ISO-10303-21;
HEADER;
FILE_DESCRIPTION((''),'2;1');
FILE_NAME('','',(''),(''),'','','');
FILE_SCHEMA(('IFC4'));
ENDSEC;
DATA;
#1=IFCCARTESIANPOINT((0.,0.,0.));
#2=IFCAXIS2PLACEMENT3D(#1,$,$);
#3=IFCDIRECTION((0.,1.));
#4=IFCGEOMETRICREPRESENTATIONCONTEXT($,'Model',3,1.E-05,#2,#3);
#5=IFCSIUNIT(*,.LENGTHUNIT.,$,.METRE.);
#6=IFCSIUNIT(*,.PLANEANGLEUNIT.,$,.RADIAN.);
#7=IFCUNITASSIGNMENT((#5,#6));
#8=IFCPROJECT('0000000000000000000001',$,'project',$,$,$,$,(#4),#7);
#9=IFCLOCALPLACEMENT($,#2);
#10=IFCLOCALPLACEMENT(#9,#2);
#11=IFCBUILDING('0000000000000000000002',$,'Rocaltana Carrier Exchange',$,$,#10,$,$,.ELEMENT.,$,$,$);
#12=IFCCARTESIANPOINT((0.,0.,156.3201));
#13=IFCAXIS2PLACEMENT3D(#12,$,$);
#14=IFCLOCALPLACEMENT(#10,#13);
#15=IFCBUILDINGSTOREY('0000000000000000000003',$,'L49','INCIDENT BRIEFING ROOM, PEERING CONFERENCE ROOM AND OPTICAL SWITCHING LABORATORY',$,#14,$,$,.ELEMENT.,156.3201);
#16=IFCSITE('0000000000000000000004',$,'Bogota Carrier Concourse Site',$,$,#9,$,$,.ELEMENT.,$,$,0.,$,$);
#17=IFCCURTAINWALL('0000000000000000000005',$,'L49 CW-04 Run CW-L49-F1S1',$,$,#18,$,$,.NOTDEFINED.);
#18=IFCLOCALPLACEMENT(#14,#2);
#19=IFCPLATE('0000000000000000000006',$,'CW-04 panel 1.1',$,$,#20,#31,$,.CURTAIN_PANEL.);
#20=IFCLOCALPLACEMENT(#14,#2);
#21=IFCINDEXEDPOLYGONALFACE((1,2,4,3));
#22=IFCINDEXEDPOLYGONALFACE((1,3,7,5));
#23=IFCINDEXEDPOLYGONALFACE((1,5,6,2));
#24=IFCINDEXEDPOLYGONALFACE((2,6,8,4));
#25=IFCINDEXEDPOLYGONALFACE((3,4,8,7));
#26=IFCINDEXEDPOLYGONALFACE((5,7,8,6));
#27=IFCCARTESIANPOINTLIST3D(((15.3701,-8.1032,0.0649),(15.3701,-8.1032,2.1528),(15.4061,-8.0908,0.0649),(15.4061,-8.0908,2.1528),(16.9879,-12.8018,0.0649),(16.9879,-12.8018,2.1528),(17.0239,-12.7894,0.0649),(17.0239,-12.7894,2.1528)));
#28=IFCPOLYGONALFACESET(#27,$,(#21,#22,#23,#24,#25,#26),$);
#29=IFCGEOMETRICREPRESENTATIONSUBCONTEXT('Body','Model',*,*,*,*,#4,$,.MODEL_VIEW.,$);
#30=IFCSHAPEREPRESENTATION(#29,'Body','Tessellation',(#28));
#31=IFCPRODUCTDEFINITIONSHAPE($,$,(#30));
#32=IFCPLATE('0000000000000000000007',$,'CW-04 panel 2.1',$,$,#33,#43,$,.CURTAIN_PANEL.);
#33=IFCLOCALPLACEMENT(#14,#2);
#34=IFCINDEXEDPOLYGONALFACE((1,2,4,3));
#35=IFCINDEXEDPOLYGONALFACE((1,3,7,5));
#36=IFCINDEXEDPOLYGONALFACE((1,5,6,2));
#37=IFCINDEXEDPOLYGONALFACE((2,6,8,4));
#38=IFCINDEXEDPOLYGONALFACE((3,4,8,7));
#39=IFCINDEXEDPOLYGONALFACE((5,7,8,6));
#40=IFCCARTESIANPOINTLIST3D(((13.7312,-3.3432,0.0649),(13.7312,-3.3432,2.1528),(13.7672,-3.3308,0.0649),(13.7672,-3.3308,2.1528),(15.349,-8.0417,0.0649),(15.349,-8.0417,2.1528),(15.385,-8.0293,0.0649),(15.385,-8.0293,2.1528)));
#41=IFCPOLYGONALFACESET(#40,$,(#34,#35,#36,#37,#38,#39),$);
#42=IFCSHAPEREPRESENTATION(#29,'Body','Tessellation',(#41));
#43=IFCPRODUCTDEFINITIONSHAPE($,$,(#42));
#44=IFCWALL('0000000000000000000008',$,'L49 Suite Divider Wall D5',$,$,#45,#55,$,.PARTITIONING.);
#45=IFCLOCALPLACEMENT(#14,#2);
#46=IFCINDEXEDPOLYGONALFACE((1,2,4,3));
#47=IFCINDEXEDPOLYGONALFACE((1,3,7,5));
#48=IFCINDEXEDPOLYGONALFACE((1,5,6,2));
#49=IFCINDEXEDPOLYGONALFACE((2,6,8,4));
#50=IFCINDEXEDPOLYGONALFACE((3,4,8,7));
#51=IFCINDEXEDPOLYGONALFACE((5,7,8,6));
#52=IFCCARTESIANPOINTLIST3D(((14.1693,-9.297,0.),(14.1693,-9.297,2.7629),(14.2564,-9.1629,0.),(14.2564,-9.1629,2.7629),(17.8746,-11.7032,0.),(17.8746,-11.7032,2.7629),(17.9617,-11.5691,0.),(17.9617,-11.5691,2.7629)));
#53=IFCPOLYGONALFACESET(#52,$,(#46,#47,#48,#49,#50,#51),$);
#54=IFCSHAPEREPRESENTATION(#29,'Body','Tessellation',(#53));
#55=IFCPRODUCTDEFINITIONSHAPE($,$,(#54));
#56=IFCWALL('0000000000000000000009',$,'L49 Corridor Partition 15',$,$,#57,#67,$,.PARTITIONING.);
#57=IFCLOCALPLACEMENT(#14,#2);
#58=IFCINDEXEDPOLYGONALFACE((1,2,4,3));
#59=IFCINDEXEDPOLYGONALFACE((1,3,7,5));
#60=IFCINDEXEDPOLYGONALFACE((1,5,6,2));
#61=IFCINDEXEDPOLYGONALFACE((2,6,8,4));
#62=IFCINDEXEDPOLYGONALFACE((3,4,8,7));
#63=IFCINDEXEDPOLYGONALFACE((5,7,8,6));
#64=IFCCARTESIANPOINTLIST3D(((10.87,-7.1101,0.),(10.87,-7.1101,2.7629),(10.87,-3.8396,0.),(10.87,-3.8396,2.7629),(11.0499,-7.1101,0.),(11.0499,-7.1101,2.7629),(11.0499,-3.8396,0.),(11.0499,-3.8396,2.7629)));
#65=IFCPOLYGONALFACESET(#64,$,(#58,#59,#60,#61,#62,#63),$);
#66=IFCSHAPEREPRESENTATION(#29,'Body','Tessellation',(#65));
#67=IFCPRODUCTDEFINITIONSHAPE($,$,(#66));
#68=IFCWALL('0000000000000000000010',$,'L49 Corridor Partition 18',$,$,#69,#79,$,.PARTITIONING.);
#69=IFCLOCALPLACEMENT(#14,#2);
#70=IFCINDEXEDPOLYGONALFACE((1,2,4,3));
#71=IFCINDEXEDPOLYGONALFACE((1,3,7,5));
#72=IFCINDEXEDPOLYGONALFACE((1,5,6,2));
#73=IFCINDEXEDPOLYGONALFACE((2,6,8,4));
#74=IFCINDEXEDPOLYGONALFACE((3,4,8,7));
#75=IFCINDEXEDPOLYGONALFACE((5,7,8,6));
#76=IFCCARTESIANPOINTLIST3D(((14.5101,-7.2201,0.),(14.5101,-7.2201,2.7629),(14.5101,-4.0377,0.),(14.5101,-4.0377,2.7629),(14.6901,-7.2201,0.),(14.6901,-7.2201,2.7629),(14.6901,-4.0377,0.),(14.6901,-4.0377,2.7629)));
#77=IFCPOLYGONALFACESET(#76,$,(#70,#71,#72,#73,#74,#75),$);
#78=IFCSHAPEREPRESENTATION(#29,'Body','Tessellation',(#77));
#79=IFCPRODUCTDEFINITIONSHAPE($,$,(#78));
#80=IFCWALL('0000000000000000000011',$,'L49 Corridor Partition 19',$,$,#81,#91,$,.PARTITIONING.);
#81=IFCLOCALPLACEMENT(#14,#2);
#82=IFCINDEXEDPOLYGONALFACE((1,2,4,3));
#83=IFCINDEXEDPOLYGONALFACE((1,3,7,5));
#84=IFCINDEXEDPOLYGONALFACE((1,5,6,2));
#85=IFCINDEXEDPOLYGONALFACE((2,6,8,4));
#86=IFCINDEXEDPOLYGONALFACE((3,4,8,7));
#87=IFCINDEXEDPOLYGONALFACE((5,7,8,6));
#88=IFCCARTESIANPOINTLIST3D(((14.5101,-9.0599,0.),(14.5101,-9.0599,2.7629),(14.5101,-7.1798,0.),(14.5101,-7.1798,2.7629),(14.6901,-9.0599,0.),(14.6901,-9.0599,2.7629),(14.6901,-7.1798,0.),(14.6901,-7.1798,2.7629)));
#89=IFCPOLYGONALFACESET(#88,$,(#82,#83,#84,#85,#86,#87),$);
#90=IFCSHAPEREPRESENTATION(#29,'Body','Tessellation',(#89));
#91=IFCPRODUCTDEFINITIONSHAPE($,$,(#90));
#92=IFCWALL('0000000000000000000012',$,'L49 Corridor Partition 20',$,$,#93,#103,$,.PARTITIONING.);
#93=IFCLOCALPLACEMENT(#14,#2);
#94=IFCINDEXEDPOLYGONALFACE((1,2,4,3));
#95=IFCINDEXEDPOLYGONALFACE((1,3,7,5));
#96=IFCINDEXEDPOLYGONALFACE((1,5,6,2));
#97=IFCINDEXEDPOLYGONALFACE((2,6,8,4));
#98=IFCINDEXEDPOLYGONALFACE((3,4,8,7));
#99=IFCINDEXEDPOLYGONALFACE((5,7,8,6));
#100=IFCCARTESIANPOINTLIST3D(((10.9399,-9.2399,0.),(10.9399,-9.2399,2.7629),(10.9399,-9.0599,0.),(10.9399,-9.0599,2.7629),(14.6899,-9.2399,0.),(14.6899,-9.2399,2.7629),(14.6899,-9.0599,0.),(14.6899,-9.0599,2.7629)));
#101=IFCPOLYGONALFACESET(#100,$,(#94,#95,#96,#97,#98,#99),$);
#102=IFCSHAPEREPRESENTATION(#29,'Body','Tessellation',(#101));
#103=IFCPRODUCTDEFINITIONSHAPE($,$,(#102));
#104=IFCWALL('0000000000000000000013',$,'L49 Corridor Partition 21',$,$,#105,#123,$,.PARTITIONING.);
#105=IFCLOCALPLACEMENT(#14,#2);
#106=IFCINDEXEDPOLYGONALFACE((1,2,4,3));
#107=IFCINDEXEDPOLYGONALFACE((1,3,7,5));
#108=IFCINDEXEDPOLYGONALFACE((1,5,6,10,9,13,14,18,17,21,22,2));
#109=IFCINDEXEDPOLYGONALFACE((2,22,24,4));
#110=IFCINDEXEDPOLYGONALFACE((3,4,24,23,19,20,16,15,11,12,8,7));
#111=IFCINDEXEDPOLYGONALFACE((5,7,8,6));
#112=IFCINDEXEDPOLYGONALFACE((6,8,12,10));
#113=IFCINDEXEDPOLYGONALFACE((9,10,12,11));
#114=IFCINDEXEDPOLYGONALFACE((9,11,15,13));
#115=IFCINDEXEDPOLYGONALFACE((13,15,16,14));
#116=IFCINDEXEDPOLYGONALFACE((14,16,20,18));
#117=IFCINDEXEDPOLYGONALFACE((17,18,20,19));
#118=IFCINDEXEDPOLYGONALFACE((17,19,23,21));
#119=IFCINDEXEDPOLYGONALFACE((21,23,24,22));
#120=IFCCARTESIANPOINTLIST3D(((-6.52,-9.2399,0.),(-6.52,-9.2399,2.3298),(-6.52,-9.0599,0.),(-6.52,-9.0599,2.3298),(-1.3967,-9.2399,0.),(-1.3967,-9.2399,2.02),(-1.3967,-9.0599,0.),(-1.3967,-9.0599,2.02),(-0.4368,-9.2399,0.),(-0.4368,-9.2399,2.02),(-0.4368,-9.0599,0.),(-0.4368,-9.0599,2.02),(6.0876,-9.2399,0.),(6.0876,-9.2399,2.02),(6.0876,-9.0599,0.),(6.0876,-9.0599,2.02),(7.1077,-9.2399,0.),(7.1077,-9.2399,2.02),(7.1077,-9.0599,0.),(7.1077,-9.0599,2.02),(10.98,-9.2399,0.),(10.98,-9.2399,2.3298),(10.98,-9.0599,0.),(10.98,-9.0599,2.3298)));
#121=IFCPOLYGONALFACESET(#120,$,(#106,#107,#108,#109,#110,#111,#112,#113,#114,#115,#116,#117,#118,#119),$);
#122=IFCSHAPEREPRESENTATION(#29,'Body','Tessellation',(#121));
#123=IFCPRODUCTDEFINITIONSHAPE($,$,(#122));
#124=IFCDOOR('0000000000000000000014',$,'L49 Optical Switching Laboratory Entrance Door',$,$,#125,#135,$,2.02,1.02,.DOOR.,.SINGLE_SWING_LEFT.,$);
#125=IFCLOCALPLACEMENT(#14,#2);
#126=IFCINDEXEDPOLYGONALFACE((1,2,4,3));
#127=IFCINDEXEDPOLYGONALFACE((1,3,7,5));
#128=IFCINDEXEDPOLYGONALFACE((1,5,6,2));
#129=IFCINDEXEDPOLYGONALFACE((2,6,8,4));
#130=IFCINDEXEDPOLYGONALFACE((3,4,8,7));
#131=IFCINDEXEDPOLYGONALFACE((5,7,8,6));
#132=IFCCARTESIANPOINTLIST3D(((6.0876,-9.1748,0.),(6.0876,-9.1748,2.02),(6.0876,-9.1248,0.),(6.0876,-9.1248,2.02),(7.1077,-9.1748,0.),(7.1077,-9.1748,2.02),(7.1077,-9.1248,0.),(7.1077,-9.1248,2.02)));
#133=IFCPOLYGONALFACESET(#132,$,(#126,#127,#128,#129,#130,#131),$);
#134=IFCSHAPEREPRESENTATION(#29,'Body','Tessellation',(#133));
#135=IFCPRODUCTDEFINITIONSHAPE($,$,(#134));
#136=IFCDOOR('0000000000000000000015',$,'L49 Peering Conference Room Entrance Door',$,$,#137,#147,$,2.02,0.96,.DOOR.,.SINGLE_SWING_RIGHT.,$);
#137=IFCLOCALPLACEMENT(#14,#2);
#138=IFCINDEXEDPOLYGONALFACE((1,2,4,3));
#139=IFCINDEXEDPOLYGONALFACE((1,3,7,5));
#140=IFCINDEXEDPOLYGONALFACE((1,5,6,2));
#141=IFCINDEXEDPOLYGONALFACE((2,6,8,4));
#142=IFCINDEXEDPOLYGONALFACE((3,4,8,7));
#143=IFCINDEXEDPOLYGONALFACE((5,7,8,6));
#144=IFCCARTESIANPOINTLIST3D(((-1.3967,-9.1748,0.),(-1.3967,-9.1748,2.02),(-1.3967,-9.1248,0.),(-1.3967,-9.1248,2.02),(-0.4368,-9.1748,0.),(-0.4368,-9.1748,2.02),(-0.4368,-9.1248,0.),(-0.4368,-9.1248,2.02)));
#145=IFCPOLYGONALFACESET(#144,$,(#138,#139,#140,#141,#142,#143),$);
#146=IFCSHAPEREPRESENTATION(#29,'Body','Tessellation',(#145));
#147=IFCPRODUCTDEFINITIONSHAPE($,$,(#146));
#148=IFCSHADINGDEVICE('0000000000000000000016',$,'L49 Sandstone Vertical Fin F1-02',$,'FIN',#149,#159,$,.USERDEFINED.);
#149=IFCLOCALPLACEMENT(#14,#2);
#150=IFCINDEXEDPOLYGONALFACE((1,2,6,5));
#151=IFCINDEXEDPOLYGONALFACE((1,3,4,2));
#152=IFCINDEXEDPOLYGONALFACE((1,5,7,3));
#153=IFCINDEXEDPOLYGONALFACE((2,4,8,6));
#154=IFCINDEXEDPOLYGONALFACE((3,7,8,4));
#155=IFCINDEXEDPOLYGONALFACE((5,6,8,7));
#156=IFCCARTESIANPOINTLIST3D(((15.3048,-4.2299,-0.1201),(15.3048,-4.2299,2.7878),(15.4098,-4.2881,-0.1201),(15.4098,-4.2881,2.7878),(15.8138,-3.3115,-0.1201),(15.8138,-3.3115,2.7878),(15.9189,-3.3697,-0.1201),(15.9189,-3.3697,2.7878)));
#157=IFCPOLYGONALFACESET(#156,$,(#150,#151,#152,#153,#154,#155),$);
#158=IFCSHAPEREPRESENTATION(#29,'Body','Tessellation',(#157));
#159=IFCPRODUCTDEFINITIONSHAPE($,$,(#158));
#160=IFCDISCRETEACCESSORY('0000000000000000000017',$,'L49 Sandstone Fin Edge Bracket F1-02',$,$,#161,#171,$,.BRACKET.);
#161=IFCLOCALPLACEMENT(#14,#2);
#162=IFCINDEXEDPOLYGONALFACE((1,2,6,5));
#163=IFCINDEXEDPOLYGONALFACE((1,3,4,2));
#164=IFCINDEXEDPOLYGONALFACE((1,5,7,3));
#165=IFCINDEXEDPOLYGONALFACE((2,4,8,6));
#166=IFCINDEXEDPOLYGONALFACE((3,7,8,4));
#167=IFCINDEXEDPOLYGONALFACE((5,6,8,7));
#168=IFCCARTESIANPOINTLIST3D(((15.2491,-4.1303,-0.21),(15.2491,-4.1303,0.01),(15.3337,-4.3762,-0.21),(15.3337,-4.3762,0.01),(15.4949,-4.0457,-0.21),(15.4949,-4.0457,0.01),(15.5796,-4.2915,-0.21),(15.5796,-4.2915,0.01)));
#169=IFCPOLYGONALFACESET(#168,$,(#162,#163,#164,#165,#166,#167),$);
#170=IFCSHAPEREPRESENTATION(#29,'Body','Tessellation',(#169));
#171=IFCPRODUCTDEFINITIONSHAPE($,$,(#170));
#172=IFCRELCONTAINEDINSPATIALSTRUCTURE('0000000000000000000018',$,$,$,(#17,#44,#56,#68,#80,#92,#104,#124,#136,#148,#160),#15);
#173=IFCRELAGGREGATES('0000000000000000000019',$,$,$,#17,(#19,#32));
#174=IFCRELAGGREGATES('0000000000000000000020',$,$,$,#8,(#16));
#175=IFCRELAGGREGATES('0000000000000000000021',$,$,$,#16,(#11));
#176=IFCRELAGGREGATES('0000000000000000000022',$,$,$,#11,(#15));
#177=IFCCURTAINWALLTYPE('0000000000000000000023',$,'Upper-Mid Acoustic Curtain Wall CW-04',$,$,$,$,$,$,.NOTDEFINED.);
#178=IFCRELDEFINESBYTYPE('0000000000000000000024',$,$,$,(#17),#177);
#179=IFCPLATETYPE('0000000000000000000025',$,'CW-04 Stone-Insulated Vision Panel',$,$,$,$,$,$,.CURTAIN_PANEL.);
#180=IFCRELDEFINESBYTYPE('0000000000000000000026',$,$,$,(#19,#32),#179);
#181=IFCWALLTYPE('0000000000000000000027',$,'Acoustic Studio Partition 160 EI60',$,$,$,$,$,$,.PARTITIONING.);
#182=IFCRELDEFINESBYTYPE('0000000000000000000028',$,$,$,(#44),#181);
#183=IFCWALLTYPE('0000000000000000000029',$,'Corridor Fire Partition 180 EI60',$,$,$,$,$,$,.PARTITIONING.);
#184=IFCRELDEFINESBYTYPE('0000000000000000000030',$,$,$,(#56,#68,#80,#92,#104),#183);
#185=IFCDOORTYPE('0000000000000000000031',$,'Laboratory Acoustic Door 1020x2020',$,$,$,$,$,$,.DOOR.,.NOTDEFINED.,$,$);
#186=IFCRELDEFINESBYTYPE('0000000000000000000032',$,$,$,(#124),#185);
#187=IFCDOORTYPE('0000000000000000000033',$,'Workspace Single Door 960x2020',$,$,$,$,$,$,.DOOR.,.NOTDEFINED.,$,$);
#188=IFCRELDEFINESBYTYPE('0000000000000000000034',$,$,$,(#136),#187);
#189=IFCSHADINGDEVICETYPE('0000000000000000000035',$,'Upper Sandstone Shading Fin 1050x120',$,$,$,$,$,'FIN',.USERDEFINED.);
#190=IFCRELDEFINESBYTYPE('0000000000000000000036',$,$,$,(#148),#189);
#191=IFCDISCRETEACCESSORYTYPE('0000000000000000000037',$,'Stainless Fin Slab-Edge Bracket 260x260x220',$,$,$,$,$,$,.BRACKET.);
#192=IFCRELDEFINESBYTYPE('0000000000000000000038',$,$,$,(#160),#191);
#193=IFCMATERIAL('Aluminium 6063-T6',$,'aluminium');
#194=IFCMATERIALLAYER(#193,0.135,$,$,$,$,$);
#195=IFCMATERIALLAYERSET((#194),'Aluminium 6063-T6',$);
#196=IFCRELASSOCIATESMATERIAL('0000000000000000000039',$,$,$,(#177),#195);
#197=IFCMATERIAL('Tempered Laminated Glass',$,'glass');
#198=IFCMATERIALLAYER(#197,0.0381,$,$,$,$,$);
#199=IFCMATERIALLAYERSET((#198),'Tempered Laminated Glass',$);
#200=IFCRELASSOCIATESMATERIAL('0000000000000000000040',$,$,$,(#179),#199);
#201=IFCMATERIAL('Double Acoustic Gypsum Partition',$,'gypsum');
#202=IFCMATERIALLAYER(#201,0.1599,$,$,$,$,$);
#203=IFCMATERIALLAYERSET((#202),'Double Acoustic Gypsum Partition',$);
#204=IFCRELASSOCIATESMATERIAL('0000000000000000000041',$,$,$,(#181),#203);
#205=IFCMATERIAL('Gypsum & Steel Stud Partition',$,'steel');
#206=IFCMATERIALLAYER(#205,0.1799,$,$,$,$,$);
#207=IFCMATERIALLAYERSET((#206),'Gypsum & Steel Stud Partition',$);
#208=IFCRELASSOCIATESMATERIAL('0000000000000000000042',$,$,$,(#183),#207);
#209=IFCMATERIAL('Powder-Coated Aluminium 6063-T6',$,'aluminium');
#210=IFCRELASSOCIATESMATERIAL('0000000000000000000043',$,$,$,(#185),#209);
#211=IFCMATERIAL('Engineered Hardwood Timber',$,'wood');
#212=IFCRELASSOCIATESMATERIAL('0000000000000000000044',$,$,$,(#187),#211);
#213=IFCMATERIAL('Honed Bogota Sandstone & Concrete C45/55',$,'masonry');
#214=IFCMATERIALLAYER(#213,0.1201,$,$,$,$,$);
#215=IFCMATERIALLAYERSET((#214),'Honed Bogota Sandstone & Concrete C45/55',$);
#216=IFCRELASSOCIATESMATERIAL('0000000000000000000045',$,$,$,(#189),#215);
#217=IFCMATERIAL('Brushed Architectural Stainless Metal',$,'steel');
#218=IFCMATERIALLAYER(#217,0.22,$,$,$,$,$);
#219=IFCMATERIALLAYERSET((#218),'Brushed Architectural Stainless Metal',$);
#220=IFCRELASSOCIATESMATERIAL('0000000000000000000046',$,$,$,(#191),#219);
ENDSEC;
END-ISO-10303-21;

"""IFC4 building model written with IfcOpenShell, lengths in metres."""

from ifc_helpers import new_model, si_unit, direction, frame, frame_2d, origin, origin_2d, place, context, subcontext, project, spatial, rectangle, extrude, material, layer, layer_set, type_object, element, fill, aggregate, save


model = new_model("IFC4")

# Units and contexts
model_context = context("Model", 3, precision=1e-05, world=origin(), true_north=direction((0.0, 1.0)))
body_context = subcontext(model_context, "Body", "Model", "MODEL_VIEW")
ifc_project = project(units=[si_unit("LENGTHUNIT", "METRE"), si_unit("PLANEANGLEUNIT", "RADIAN")], contexts=[model_context])

# Site, building, storey
site_placement = place(None, origin())
site = spatial("IfcSite", under=ifc_project, at=site_placement, Name="Bogota Carrier Concourse Site", CompositionType="ELEMENT", RefElevation=0.0)
building_placement = place(site_placement, origin())
building = spatial("IfcBuilding", under=site, at=building_placement, Name="Rocaltana Carrier Exchange", CompositionType="ELEMENT")
storey_placement = place(building_placement, frame((0.0, 0.0, 156.3201)))
storey = spatial("IfcBuildingStorey", under=building, at=storey_placement, Name="L49", Description="INCIDENT BRIEFING ROOM, PEERING CONFERENCE ROOM AND OPTICAL SWITCHING LABORATORY", CompositionType="ELEMENT", Elevation=156.3201)

# Curtain wall
ifc_material_1 = material(Name="Aluminium 6063-T6", Category="aluminium")
ifc_layer_1 = layer(ifc_material_1, 0.135)
ifc_layer_set_1 = layer_set([ifc_layer_1], Name="Aluminium 6063-T6")
curtain_wall_type = type_object("IfcCurtainWallType", Name="Upper-Mid Acoustic Curtain Wall CW-04", PredefinedType="NOTDEFINED", material=ifc_layer_set_1)
curtain_wall_placement = place(storey_placement, origin())
curtain_wall = element("IfcCurtainWall", 1, at=curtain_wall_placement, inside=storey, type_object=curtain_wall_type, Name="L49 CW-04 Run CW-L49-F1S1", PredefinedType="NOTDEFINED")

# Plates
ifc_material_2 = material(Name="Tempered Laminated Glass", Category="glass")
ifc_layer_2 = layer(ifc_material_2, 0.0381)
ifc_layer_set_2 = layer_set([ifc_layer_2], Name="Tempered Laminated Glass")
plate_type = type_object("IfcPlateType", Name="CW-04 Stone-Insulated Vision Panel", PredefinedType="CURTAIN_PANEL", material=ifc_layer_set_2)
plate_1_placement = place(storey_placement, frame((16.197, -10.4463, 0.0649), z_axis=(0.0, 0.0, 1.0), x_axis=(-0.325559, 0.945522, 0.0)))
plate_1 = element("IfcPlate", 2, at=plate_1_placement, type_object=plate_type, Name="CW-04 panel 1.1", PredefinedType="CURTAIN_PANEL", context=body_context, shape_type="SweptSolid", body=[
    extrude(rectangle(XDim=4.9692, YDim=0.0381, at=origin_2d()), origin(), (0.0, 0.0, 1.0), 2.0879),
])
plate_2_placement = place(storey_placement, frame((14.5581, -5.6863, 0.0649), z_axis=(0.0, 0.0, 1.0), x_axis=(-0.325559, 0.945522, 0.0)))
plate_2 = element("IfcPlate", 3, at=plate_2_placement, type_object=plate_type, Name="CW-04 panel 2.1", PredefinedType="CURTAIN_PANEL", context=body_context, shape_type="SweptSolid", body=[
    extrude(rectangle(XDim=4.9692, YDim=0.0381, at=origin_2d()), origin(), (0.0, 0.0, 1.0), 2.0879),
])
aggregate(curtain_wall, [plate_1, plate_2])

# Walls
ifc_material_3 = material(Name="Double Acoustic Gypsum Partition", Category="gypsum")
ifc_layer_3 = layer(ifc_material_3, 0.1599)
ifc_layer_set_3 = layer_set([ifc_layer_3], Name="Double Acoustic Gypsum Partition")
wall_type_1 = type_object("IfcWallType", Name="Acoustic Studio Partition 160 EI60", PredefinedType="PARTITIONING", material=ifc_layer_set_3)
wall_1_placement = place(storey_placement, frame((14.2129, -9.23, 0.0), z_axis=(0.0, 0.0, 1.0), x_axis=(0.838672, -0.544637, 0.0)))
element("IfcWall", 4, at=wall_1_placement, inside=storey, type_object=wall_type_1, Name="L49 Suite Divider Wall D5", PredefinedType="PARTITIONING", context=body_context, shape_type="SweptSolid", body=[
    extrude(rectangle(XDim=4.418, YDim=0.1599, at=frame_2d((2.209, 0.0))), origin(), (0.0, 0.0, 1.0), 2.7629),
])
ifc_material_4 = material(Name="Gypsum & Steel Stud Partition", Category="steel")
ifc_layer_4 = layer(ifc_material_4, 0.1799)
ifc_layer_set_4 = layer_set([ifc_layer_4], Name="Gypsum & Steel Stud Partition")
wall_type_2 = type_object("IfcWallType", Name="Corridor Fire Partition 180 EI60", PredefinedType="PARTITIONING", material=ifc_layer_set_4)
wall_2_placement = place(storey_placement, frame((10.96, -7.1101, 0.0), z_axis=(0.0, 0.0, 1.0), x_axis=(0.0, 1.0, 0.0)))
element("IfcWall", 5, at=wall_2_placement, inside=storey, type_object=wall_type_2, Name="L49 Corridor Partition 15", PredefinedType="PARTITIONING", context=body_context, shape_type="SweptSolid", body=[
    extrude(rectangle(XDim=3.2705, YDim=0.1799, at=frame_2d((1.6353, 0.0))), origin(), (0.0, 0.0, 1.0), 2.7629),
])
wall_3_placement = place(storey_placement, frame((14.6001, -4.0376, 0.0), z_axis=(0.0, 0.0, 1.0), x_axis=(0.0, -1.0, 0.0)))
element("IfcWall", 6, at=wall_3_placement, inside=storey, type_object=wall_type_2, Name="L49 Corridor Partition 18", PredefinedType="PARTITIONING", context=body_context, shape_type="SweptSolid", body=[
    extrude(rectangle(XDim=3.1824, YDim=0.1799, at=frame_2d((1.5913, 0.0))), origin(), (0.0, 0.0, 1.0), 2.7629),
])
wall_4_placement = place(storey_placement, frame((14.6001, -7.1799, 0.0), z_axis=(0.0, 0.0, 1.0), x_axis=(0.0, -1.0, 0.0)))
element("IfcWall", 7, at=wall_4_placement, inside=storey, type_object=wall_type_2, Name="L49 Corridor Partition 19", PredefinedType="PARTITIONING", context=body_context, shape_type="SweptSolid", body=[
    extrude(rectangle(XDim=1.8801, YDim=0.1799, at=frame_2d((0.9399, 0.0))), origin(), (0.0, 0.0, 1.0), 2.7629),
])
wall_5_placement = place(storey_placement, frame((14.6899, -9.1499, 0.0), z_axis=(0.0, 0.0, 1.0), x_axis=(-1.0, 0.0, 0.0)))
element("IfcWall", 8, at=wall_5_placement, inside=storey, type_object=wall_type_2, Name="L49 Corridor Partition 20", PredefinedType="PARTITIONING", context=body_context, shape_type="SweptSolid", body=[
    extrude(rectangle(XDim=3.75, YDim=0.1799, at=frame_2d((1.875, 0.0))), origin(), (0.0, 0.0, 1.0), 2.7629),
])

# Wall, openings, doors
wall_6_placement = place(storey_placement, frame((10.98, -9.1499, 0.0), z_axis=(0.0, 0.0, 1.0), x_axis=(-1.0, 0.0, 0.0)))
wall_6 = element("IfcWall", 9, at=wall_6_placement, inside=storey, type_object=wall_type_2, Name="L49 Corridor Partition 21", PredefinedType="PARTITIONING", context=body_context, shape_type="SweptSolid", body=[
    extrude(rectangle(XDim=17.5, YDim=0.1799, at=frame_2d((8.75, 0.0))), origin(), (0.0, 0.0, 1.0), 2.3298),
])
opening_1_placement = place(wall_6_placement, frame((11.4167, 0.0, 0.0)))
opening_1 = element("IfcOpeningElement", 10, at=opening_1_placement, cuts=wall_6, PredefinedType="OPENING", context=body_context, shape_type="SweptSolid", body=[
    extrude(rectangle(XDim=0.96, YDim=2.02, at=frame_2d((0.48, 1.01))), frame((0.0, 0.0999, 0.0), z_axis=(0.0, -1.0, 0.0), x_axis=(1.0, 0.0, 0.0)), (0.0, 0.0, 1.0), 0.2),
])
opening_2_placement = place(wall_6_placement, frame((3.8723, 0.0, 0.0)))
opening_2 = element("IfcOpeningElement", 11, at=opening_2_placement, cuts=wall_6, PredefinedType="OPENING", context=body_context, shape_type="SweptSolid", body=[
    extrude(rectangle(XDim=1.02, YDim=2.02, at=frame_2d((0.51, 1.01))), frame((0.0, 0.0999, 0.0), z_axis=(0.0, -1.0, 0.0), x_axis=(1.0, 0.0, 0.0)), (0.0, 0.0, 1.0), 0.2),
])
ifc_material_5 = material(Name="Powder-Coated Aluminium 6063-T6", Category="aluminium")
door_type_1 = type_object("IfcDoorType", Name="Laboratory Acoustic Door 1020x2020", OperationType="NOTDEFINED", PredefinedType="DOOR", material=ifc_material_5)
door_1_placement = place(opening_2_placement, origin())
door_1 = element("IfcDoor", 12, at=door_1_placement, inside=storey, type_object=door_type_1, Name="L49 Optical Switching Laboratory Entrance Door", OperationType="SINGLE_SWING_LEFT", OverallHeight=2.02, OverallWidth=1.02, PredefinedType="DOOR", context=body_context, shape_type="SweptSolid", body=[
    extrude(rectangle(XDim=1.02, YDim=2.02, at=frame_2d((0.51, 1.01))), frame((0.0, 0.0249, 0.0), z_axis=(0.0, -1.0, 0.0), x_axis=(1.0, 0.0, 0.0)), (0.0, 0.0, 1.0), 0.05),
])
fill(opening_2, door_1)
ifc_material_6 = material(Name="Engineered Hardwood Timber", Category="wood")
door_type_2 = type_object("IfcDoorType", Name="Workspace Single Door 960x2020", OperationType="NOTDEFINED", PredefinedType="DOOR", material=ifc_material_6)
door_2_placement = place(opening_1_placement, origin())
door_2 = element("IfcDoor", 13, at=door_2_placement, inside=storey, type_object=door_type_2, Name="L49 Peering Conference Room Entrance Door", OperationType="SINGLE_SWING_RIGHT", OverallHeight=2.02, OverallWidth=0.96, PredefinedType="DOOR", context=body_context, shape_type="SweptSolid", body=[
    extrude(rectangle(XDim=0.96, YDim=2.02, at=frame_2d((0.48, 1.01))), frame((0.0, 0.0249, 0.0), z_axis=(0.0, -1.0, 0.0), x_axis=(1.0, 0.0, 0.0)), (0.0, 0.0, 1.0), 0.05),
])
fill(opening_1, door_2)

# Shading device
ifc_material_7 = material(Name="Honed Bogota Sandstone & Concrete C45/55", Category="masonry")
ifc_layer_5 = layer(ifc_material_7, 0.1201)
ifc_layer_set_5 = layer_set([ifc_layer_5], Name="Honed Bogota Sandstone & Concrete C45/55")
shading_device_type = type_object("IfcShadingDeviceType", Name="Upper Sandstone Shading Fin 1050x120", ElementType="FIN", PredefinedType="USERDEFINED", material=ifc_layer_set_5)
shading_device_placement = place(storey_placement, frame((15.6118, -3.7998, -0.1201), z_axis=(0.0, 0.0, 1.0), x_axis=(0.48481, 0.87462, 0.0)))
element("IfcShadingDevice", 14, at=shading_device_placement, inside=storey, type_object=shading_device_type, Name="L49 Sandstone Vertical Fin F1-02", ObjectType="FIN", PredefinedType="USERDEFINED", context=body_context, shape_type="SweptSolid", body=[
    extrude(rectangle(XDim=1.05, YDim=0.1201, at=origin_2d()), origin(), (0.0, 0.0, 1.0), 2.908),
])

# Discrete accessory
ifc_material_8 = material(Name="Brushed Architectural Stainless Metal", Category="steel")
ifc_layer_6 = layer(ifc_material_8, 0.22)
ifc_layer_set_6 = layer_set([ifc_layer_6], Name="Brushed Architectural Stainless Metal")
discrete_accessory_type = type_object("IfcDiscreteAccessoryType", Name="Stainless Fin Slab-Edge Bracket 260x260x220", PredefinedType="BRACKET", material=ifc_layer_set_6)
discrete_accessory_placement = place(storey_placement, frame((15.4143, -4.2109, -0.21), z_axis=(0.0, 0.0, 1.0), x_axis=(-0.325568, 0.945519, 0.0)))
element("IfcDiscreteAccessory", 15, at=discrete_accessory_placement, inside=storey, type_object=discrete_accessory_type, Name="L49 Sandstone Fin Edge Bracket F1-02", PredefinedType="BRACKET", context=body_context, shape_type="SweptSolid", body=[
    extrude(rectangle(XDim=0.26, YDim=0.26, at=origin_2d()), origin(), (0.0, 0.0, 1.0), 0.22),
])

save(model, "model.ifc")
